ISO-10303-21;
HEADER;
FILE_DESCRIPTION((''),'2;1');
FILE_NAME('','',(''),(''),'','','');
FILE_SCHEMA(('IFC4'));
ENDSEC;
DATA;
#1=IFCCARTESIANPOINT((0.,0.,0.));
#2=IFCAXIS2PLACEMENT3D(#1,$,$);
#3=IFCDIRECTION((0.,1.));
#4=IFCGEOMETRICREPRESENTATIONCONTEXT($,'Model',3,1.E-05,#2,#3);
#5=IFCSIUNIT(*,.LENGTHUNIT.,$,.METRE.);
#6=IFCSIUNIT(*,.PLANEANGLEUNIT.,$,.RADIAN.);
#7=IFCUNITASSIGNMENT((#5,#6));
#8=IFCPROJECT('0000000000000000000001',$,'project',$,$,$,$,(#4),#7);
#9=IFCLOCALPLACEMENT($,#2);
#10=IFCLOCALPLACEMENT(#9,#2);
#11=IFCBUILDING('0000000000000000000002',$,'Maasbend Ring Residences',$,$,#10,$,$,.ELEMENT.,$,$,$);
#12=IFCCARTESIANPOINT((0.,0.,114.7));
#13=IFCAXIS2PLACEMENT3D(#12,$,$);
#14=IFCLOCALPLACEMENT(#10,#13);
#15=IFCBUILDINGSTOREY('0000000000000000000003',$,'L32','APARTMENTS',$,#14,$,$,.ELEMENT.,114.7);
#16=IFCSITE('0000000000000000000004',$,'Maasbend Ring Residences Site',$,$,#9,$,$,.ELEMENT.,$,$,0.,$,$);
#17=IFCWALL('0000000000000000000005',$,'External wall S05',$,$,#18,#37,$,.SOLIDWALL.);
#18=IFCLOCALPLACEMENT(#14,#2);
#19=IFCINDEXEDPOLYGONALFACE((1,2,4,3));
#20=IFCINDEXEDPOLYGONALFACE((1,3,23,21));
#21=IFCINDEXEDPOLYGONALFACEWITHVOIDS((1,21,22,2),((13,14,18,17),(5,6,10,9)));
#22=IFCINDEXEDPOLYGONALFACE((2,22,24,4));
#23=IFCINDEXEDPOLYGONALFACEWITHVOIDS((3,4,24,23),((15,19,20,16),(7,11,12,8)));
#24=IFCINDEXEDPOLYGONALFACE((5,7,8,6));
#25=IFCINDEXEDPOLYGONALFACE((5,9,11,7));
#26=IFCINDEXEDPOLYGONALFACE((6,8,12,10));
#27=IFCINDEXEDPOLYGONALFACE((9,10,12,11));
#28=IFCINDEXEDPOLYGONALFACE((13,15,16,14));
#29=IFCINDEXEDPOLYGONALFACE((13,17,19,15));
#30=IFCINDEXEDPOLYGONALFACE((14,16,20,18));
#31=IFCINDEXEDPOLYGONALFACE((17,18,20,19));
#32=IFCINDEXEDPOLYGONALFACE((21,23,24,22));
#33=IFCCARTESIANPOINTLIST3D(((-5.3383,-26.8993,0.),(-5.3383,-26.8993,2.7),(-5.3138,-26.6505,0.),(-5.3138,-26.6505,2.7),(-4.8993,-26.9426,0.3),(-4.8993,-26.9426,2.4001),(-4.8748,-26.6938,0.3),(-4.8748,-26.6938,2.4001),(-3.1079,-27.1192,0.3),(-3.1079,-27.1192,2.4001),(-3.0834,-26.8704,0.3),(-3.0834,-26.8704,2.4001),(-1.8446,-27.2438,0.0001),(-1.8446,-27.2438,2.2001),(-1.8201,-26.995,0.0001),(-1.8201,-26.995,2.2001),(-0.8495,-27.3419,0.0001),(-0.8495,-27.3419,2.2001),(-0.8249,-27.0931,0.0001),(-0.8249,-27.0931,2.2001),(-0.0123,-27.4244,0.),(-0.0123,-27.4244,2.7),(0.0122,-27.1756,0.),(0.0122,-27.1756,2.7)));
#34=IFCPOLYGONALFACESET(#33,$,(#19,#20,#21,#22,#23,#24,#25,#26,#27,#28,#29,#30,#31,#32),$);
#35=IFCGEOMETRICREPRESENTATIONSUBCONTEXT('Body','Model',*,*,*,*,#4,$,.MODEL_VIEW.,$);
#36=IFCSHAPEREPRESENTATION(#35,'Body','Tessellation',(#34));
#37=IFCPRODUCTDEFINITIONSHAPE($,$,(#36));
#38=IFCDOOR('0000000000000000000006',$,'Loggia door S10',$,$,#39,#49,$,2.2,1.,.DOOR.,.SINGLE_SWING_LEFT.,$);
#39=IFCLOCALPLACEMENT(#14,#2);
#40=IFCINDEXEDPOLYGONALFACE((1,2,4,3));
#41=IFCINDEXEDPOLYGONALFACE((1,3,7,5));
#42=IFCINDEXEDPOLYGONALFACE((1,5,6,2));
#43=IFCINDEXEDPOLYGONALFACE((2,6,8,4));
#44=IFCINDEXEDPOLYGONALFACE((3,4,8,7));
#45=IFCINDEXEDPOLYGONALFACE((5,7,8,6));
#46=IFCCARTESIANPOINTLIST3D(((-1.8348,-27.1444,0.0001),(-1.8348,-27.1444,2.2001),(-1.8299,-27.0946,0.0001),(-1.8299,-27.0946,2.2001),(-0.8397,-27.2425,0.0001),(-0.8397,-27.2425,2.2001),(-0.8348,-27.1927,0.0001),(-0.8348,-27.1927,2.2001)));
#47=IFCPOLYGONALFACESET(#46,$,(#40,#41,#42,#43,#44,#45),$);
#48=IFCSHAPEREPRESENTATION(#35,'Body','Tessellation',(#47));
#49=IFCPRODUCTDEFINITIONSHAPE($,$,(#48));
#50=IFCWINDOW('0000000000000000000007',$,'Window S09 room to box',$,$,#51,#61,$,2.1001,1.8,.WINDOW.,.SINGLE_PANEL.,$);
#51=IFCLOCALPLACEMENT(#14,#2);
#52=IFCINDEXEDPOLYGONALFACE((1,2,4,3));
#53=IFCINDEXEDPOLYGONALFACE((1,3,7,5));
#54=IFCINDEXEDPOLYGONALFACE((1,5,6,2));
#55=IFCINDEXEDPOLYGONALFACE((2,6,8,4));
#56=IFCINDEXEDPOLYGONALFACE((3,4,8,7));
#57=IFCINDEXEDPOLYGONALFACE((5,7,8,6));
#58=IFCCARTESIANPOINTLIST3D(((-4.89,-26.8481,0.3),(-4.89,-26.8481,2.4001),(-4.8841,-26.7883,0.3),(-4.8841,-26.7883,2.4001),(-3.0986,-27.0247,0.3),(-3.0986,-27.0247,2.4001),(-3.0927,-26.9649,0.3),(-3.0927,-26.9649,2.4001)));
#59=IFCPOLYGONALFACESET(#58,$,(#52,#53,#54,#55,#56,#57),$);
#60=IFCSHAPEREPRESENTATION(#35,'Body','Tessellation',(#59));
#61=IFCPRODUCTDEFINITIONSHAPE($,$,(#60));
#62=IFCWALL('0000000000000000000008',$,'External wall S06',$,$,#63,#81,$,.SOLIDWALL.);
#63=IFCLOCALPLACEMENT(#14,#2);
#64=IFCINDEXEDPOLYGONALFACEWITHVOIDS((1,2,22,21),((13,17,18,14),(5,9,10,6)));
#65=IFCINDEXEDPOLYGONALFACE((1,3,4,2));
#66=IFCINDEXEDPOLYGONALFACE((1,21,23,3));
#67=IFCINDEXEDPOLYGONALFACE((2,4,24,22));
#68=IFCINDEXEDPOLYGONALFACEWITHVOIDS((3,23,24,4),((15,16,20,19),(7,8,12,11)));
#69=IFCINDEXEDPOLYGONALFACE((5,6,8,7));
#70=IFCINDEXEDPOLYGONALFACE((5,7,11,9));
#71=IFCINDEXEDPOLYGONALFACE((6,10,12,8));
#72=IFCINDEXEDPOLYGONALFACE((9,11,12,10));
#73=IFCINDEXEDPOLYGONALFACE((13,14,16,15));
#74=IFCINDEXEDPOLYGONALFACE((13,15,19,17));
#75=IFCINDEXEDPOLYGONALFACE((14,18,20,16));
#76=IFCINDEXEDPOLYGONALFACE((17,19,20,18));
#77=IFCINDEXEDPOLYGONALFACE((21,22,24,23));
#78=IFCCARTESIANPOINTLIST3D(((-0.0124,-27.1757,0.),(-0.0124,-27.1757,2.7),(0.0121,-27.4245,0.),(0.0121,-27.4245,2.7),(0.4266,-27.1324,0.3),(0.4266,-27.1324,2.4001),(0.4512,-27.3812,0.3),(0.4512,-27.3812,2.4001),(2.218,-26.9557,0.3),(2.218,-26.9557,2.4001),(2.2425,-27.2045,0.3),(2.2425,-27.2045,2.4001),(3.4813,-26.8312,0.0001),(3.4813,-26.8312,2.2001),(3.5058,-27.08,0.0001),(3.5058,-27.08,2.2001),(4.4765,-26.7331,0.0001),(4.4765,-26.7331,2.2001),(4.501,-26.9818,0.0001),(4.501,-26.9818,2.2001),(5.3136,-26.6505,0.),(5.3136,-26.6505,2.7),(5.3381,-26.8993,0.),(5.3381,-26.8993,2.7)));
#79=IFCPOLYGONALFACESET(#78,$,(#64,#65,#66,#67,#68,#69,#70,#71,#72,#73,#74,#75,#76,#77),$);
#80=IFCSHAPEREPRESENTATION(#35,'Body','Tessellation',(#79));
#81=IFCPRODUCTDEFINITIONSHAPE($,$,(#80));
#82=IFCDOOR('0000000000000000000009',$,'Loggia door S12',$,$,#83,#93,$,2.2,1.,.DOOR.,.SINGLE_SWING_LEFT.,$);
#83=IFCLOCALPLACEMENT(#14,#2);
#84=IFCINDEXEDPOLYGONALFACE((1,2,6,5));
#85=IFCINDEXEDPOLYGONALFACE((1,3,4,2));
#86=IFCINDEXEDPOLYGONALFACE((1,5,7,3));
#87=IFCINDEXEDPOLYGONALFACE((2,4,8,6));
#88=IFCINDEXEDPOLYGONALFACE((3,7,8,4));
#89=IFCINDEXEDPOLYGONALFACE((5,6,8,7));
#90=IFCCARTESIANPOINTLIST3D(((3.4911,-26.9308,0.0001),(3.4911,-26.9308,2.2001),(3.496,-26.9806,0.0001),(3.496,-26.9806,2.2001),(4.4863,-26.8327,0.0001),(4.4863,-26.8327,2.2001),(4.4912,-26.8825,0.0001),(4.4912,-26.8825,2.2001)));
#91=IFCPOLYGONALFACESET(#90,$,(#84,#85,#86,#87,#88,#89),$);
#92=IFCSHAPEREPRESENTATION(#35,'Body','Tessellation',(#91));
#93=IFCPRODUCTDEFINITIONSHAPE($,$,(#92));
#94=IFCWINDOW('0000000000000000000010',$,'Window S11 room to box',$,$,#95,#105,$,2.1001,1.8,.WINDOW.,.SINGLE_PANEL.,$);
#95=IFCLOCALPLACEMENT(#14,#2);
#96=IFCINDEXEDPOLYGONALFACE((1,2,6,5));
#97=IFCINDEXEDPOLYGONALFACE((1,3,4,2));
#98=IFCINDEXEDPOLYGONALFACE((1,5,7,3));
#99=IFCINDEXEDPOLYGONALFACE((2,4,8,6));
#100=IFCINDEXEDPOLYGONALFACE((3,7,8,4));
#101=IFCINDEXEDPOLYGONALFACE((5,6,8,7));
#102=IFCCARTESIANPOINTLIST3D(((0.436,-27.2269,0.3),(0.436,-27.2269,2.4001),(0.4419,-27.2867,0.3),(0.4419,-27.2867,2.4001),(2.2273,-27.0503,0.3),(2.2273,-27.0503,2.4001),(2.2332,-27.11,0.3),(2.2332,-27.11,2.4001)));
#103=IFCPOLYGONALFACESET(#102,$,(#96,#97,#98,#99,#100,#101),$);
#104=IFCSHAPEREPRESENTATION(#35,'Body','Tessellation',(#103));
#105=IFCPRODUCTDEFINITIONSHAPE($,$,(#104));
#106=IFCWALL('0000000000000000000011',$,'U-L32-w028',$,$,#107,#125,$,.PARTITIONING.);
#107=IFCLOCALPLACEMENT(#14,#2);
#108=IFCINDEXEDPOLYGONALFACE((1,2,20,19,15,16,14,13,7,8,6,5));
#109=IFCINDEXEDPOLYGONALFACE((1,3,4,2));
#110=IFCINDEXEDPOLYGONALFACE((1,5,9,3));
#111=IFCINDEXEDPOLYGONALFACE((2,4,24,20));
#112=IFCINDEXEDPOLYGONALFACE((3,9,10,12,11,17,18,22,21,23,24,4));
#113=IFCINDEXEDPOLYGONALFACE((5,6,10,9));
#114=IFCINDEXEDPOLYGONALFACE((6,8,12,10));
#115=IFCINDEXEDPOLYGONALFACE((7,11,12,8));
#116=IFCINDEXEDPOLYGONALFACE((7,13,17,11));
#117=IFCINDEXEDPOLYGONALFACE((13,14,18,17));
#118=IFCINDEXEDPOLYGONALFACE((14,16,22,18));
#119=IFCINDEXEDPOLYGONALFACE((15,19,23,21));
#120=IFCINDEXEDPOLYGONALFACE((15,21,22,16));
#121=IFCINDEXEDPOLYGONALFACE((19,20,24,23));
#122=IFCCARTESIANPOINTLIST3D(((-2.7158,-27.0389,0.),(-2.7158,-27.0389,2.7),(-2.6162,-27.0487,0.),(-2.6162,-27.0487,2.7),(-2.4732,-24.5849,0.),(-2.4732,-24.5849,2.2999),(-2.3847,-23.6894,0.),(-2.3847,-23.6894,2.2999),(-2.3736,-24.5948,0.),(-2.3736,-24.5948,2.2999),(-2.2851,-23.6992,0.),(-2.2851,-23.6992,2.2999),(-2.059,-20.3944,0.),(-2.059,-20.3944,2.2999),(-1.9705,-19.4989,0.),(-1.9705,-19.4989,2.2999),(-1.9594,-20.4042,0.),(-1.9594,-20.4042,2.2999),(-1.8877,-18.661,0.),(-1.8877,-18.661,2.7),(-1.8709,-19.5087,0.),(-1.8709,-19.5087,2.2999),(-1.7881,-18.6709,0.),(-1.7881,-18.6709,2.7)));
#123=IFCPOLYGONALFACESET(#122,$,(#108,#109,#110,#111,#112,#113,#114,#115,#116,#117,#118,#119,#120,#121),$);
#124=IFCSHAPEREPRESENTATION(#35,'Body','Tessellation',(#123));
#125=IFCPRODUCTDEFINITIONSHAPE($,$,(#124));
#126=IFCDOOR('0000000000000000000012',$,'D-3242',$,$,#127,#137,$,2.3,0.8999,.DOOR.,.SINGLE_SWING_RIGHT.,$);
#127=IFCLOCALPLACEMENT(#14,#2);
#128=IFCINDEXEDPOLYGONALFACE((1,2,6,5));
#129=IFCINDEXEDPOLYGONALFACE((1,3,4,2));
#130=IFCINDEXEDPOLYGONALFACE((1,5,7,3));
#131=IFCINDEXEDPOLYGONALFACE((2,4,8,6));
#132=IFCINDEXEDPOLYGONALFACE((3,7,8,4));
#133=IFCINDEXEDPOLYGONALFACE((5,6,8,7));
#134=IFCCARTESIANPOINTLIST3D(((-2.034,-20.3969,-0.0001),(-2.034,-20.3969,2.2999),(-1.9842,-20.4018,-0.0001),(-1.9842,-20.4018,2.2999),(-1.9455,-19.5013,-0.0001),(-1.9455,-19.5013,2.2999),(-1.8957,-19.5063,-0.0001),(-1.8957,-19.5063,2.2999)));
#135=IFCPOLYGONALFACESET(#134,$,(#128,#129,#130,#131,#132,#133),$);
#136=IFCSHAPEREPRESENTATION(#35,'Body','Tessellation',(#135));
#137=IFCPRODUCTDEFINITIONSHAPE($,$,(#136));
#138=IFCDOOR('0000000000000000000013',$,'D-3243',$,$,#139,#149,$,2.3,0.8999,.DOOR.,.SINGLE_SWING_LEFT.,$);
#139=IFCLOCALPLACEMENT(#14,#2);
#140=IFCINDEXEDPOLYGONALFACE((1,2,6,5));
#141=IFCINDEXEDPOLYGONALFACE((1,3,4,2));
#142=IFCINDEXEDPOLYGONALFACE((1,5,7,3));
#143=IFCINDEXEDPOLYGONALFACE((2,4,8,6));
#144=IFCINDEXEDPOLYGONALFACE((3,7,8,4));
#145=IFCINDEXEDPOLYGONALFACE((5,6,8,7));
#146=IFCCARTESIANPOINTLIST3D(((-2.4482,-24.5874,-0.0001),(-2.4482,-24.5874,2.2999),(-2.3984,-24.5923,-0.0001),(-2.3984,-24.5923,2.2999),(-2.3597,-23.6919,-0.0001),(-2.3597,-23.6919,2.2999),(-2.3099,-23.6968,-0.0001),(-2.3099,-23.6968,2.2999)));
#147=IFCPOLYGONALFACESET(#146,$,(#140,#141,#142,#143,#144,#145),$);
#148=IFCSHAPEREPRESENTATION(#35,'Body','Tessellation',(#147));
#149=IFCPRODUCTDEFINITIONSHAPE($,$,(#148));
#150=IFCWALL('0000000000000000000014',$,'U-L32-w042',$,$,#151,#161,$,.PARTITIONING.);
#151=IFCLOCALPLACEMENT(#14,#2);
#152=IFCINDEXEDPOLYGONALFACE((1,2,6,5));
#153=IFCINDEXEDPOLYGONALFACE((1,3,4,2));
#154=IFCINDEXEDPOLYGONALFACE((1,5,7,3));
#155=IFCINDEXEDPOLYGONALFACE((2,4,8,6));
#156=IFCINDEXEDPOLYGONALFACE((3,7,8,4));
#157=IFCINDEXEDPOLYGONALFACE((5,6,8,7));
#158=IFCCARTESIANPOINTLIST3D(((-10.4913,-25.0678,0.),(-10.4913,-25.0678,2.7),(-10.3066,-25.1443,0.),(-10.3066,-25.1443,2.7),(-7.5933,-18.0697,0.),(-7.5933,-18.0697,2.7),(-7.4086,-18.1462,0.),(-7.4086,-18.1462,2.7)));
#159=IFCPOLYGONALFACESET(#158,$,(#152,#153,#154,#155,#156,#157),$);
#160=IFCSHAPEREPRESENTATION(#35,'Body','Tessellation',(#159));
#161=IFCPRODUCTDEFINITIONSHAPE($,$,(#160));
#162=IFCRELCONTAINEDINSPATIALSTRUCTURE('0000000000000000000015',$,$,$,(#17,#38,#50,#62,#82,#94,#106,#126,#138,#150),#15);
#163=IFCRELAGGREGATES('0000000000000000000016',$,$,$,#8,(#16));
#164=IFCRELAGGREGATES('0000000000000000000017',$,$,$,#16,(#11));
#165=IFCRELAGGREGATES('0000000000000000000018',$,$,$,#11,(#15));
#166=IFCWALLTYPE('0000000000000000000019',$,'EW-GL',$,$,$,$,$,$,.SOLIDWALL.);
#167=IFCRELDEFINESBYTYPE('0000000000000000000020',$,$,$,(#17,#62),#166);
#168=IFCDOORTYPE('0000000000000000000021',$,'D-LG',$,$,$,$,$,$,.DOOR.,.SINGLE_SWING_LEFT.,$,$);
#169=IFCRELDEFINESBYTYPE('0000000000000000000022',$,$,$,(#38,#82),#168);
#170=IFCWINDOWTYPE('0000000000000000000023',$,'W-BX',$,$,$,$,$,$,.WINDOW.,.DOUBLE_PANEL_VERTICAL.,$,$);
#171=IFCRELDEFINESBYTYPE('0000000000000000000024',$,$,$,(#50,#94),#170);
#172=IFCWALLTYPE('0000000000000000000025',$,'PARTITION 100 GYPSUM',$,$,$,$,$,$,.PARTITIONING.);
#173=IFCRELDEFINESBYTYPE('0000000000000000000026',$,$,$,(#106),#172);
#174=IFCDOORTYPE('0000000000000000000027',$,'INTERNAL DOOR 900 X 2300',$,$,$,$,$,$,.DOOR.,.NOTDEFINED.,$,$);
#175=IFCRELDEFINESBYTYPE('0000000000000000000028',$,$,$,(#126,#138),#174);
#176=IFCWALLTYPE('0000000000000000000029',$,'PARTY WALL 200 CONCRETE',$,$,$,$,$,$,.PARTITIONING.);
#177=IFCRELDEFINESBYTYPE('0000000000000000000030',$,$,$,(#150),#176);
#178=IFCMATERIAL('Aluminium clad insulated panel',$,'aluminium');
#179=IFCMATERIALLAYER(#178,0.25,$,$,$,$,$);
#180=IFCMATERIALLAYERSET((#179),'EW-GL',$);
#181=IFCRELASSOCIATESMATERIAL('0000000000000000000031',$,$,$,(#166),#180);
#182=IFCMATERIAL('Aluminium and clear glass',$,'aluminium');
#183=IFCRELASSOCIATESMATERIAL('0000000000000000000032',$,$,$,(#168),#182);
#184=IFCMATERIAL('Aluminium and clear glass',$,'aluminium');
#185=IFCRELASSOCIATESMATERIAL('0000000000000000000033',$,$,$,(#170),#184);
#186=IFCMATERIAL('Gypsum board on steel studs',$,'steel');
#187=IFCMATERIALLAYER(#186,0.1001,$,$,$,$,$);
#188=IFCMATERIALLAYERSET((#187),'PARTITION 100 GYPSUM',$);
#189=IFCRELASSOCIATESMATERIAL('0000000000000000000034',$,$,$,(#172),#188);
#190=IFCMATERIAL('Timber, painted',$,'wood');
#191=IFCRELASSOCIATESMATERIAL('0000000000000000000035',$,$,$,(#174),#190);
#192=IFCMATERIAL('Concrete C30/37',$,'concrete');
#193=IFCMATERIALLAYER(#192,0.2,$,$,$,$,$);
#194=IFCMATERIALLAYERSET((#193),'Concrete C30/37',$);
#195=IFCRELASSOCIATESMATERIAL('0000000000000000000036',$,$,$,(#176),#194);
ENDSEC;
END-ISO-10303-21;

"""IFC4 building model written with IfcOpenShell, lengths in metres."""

from ifc_helpers import new_model, si_unit, direction, frame, frame_2d, origin, place, context, subcontext, project, spatial, rectangle, extrude, material, layer, layer_set, type_object, element, fill, save


model = new_model("IFC4")

# Units and contexts
model_context = context("Model", 3, precision=1e-05, world=origin(), true_north=direction((0.0, 1.0)))
body_context = subcontext(model_context, "Body", "Model", "MODEL_VIEW")
ifc_project = project(units=[si_unit("LENGTHUNIT", "METRE"), si_unit("PLANEANGLEUNIT", "RADIAN")], contexts=[model_context])

# Site, building, storey
site_placement = place(None, origin())
site = spatial("IfcSite", under=ifc_project, at=site_placement, Name="Maasbend Ring Residences Site", CompositionType="ELEMENT", RefElevation=0.0)
building_placement = place(site_placement, origin())
building = spatial("IfcBuilding", under=site, at=building_placement, Name="Maasbend Ring Residences", CompositionType="ELEMENT")
storey_placement = place(building_placement, frame((0.0, 0.0, 114.7)))
storey = spatial("IfcBuildingStorey", under=building, at=storey_placement, Name="L32", Description="APARTMENTS", CompositionType="ELEMENT", Elevation=114.7)

# Walls, openings, doors, windows
ifc_material_1 = material(Name="Aluminium clad insulated panel", Category="aluminium")
ifc_layer_1 = layer(ifc_material_1, 0.25)
ifc_layer_set_1 = layer_set([ifc_layer_1], Name="EW-GL")
wall_type_1 = type_object("IfcWallType", Name="EW-GL", PredefinedType="SOLIDWALL", material=ifc_layer_set_1)
ifc_material_2 = material(Name="Aluminium and clear glass", Category="aluminium")
door_type_1 = type_object("IfcDoorType", Name="D-LG", OperationType="SINGLE_SWING_LEFT", PredefinedType="DOOR", material=ifc_material_2)
ifc_material_3 = material(Name="Aluminium and clear glass", Category="aluminium")
window_type_1 = type_object("IfcWindowType", Name="W-BX", PartitioningType="DOUBLE_PANEL_VERTICAL", PredefinedType="WINDOW", material=ifc_material_3)
wall_1_placement = place(storey_placement, frame((-5.3259, -26.7749, 0.0), z_axis=(0.0, 0.0, 1.0), x_axis=(0.995174, -0.098126, 0.0)))
wall_1 = element("IfcWall", 1, at=wall_1_placement, inside=storey, type_object=wall_type_1, Name="External wall S05", PredefinedType="SOLIDWALL", context=body_context, shape_type="SweptSolid", body=[
    extrude(rectangle(XDim=5.3518, YDim=0.25, at=frame_2d((2.6758, 0.0))), origin(), (0.0, 0.0, 1.0), 2.7),
])
opening_1_placement = place(wall_1_placement, frame((0.4412, 0.0, 0.3)))
opening_1 = element("IfcOpeningElement", 2, at=opening_1_placement, cuts=wall_1, PredefinedType="OPENING", context=body_context, shape_type="SweptSolid", body=[
    extrude(rectangle(XDim=1.8, YDim=2.1001, at=frame_2d((0.8999, 1.05))), frame((0.0, 0.135, 0.0), z_axis=(0.0, -1.0, 0.0), x_axis=(1.0, 0.0, 0.0)), (0.0, 0.0, 1.0), 0.27),
])
opening_2_placement = place(wall_1_placement, frame((3.5105, 0.0, 0.0)))
opening_2 = element("IfcOpeningElement", 3, at=opening_2_placement, cuts=wall_1, PredefinedType="OPENING", context=body_context, shape_type="SweptSolid", body=[
    extrude(rectangle(XDim=1.0, YDim=2.2, at=frame_2d((0.5, 1.1001))), frame((0.0, 0.135, 0.0), z_axis=(0.0, -1.0, 0.0), x_axis=(1.0, 0.0, 0.0)), (0.0, 0.0, 1.0), 0.27),
])
door_1_placement = place(opening_2_placement, origin())
door_1 = element("IfcDoor", 4, at=door_1_placement, inside=storey, type_object=door_type_1, Name="Loggia door S10", OperationType="SINGLE_SWING_LEFT", OverallHeight=2.2, OverallWidth=1.0, PredefinedType="DOOR", context=body_context, shape_type="SweptSolid", body=[
    extrude(rectangle(XDim=1.0, YDim=2.2, at=frame_2d((0.5, 1.1001))), frame((0.0, 0.0249, 0.0), z_axis=(0.0, -1.0, 0.0), x_axis=(1.0, 0.0, 0.0)), (0.0, 0.0, 1.0), 0.05),
])
fill(opening_2, door_1)
window_1_placement = place(opening_1_placement, origin())
window_1 = element("IfcWindow", 5, at=window_1_placement, inside=storey, type_object=window_type_1, Name="Window S09 room to box", OverallHeight=2.1001, OverallWidth=1.8, PartitioningType="SINGLE_PANEL", PredefinedType="WINDOW", context=body_context, shape_type="SweptSolid", body=[
    extrude(rectangle(XDim=1.8, YDim=2.1001, at=frame_2d((0.8999, 1.05))), frame((0.0, 0.03, 0.0), z_axis=(0.0, -1.0, 0.0), x_axis=(1.0, 0.0, 0.0)), (0.0, 0.0, 1.0), 0.0601),
])
fill(opening_1, window_1)
wall_2_placement = place(storey_placement, frame((0.0, -27.3, 0.0), z_axis=(0.0, 0.0, 1.0), x_axis=(0.995174, 0.098126, 0.0)))
wall_2 = element("IfcWall", 6, at=wall_2_placement, inside=storey, type_object=wall_type_1, Name="External wall S06", PredefinedType="SOLIDWALL", context=body_context, shape_type="SweptSolid", body=[
    extrude(rectangle(XDim=5.3518, YDim=0.25, at=frame_2d((2.6758, 0.0))), origin(), (0.0, 0.0, 1.0), 2.7),
])
opening_3_placement = place(wall_2_placement, frame((0.4412, 0.0, 0.3)))
opening_3 = element("IfcOpeningElement", 7, at=opening_3_placement, cuts=wall_2, PredefinedType="OPENING", context=body_context, shape_type="SweptSolid", body=[
    extrude(rectangle(XDim=1.8, YDim=2.1001, at=frame_2d((0.8999, 1.05))), frame((0.0, 0.135, 0.0), z_axis=(0.0, -1.0, 0.0), x_axis=(1.0, 0.0, 0.0)), (0.0, 0.0, 1.0), 0.27),
])
opening_4_placement = place(wall_2_placement, frame((3.5105, 0.0, 0.0)))
opening_4 = element("IfcOpeningElement", 8, at=opening_4_placement, cuts=wall_2, PredefinedType="OPENING", context=body_context, shape_type="SweptSolid", body=[
    extrude(rectangle(XDim=1.0, YDim=2.2, at=frame_2d((0.5, 1.1001))), frame((0.0, 0.135, 0.0), z_axis=(0.0, -1.0, 0.0), x_axis=(1.0, 0.0, 0.0)), (0.0, 0.0, 1.0), 0.27),
])
door_2_placement = place(opening_4_placement, origin())
door_2 = element("IfcDoor", 9, at=door_2_placement, inside=storey, type_object=door_type_1, Name="Loggia door S12", OperationType="SINGLE_SWING_LEFT", OverallHeight=2.2, OverallWidth=1.0, PredefinedType="DOOR", context=body_context, shape_type="SweptSolid", body=[
    extrude(rectangle(XDim=1.0, YDim=2.2, at=frame_2d((0.5, 1.1001))), frame((0.0, 0.0249, 0.0), z_axis=(0.0, -1.0, 0.0), x_axis=(1.0, 0.0, 0.0)), (0.0, 0.0, 1.0), 0.05),
])
fill(opening_4, door_2)
window_2_placement = place(opening_3_placement, origin())
window_2 = element("IfcWindow", 10, at=window_2_placement, inside=storey, type_object=window_type_1, Name="Window S11 room to box", OverallHeight=2.1001, OverallWidth=1.8, PartitioningType="SINGLE_PANEL", PredefinedType="WINDOW", context=body_context, shape_type="SweptSolid", body=[
    extrude(rectangle(XDim=1.8, YDim=2.1001, at=frame_2d((0.8999, 1.05))), frame((0.0, 0.03, 0.0), z_axis=(0.0, -1.0, 0.0), x_axis=(1.0, 0.0, 0.0)), (0.0, 0.0, 1.0), 0.0601),
])
fill(opening_3, window_2)

# Wall, openings, doors
ifc_material_4 = material(Name="Gypsum board on steel studs", Category="steel")
ifc_layer_2 = layer(ifc_material_4, 0.1001)
ifc_layer_set_2 = layer_set([ifc_layer_2], Name="PARTITION 100 GYPSUM")
wall_type_2 = type_object("IfcWallType", Name="PARTITION 100 GYPSUM", PredefinedType="PARTITIONING", material=ifc_layer_set_2)
wall_3_placement = place(storey_placement, frame((-2.666, -27.0439, 0.0), z_axis=(0.0, 0.0, 1.0), x_axis=(0.098367, 0.99515, 0.0)))
wall_3 = element("IfcWall", 11, at=wall_3_placement, inside=storey, type_object=wall_type_2, Name="U-L32-w028", PredefinedType="PARTITIONING", context=body_context, shape_type="SweptSolid", body=[
    extrude(rectangle(XDim=8.4187, YDim=0.1001, at=frame_2d((4.2095, 0.0))), origin(), (0.0, 0.0, 1.0), 2.7),
])
opening_5_placement = place(wall_3_placement, frame((6.677, 0.0, 0.0)))
opening_5 = element("IfcOpeningElement", 12, at=opening_5_placement, cuts=wall_3, PredefinedType="OPENING", context=body_context, shape_type="SweptSolid", body=[
    extrude(rectangle(XDim=0.8999, YDim=2.3, at=frame_2d((0.45, 1.1499))), frame((0.0, 0.0601, 0.0), z_axis=(0.0, -1.0, 0.0), x_axis=(1.0, 0.0, 0.0)), (0.0, 0.0, 1.0), 0.1201),
])
opening_6_placement = place(wall_3_placement, frame((2.4661, 0.0, 0.0)))
opening_6 = element("IfcOpeningElement", 13, at=opening_6_placement, cuts=wall_3, PredefinedType="OPENING", context=body_context, shape_type="SweptSolid", body=[
    extrude(rectangle(XDim=0.8999, YDim=2.3, at=frame_2d((0.45, 1.1499))), frame((0.0, 0.0601, 0.0), z_axis=(0.0, -1.0, 0.0), x_axis=(1.0, 0.0, 0.0)), (0.0, 0.0, 1.0), 0.1201),
])
ifc_material_5 = material(Name="Timber, painted", Category="wood")
door_type_2 = type_object("IfcDoorType", Name="INTERNAL DOOR 900 X 2300", OperationType="NOTDEFINED", PredefinedType="DOOR", material=ifc_material_5)
door_3_placement = place(opening_5_placement, origin())
door_3 = element("IfcDoor", 14, at=door_3_placement, inside=storey, type_object=door_type_2, Name="D-3242", OperationType="SINGLE_SWING_RIGHT", OverallHeight=2.3, OverallWidth=0.8999, PredefinedType="DOOR", context=body_context, shape_type="SweptSolid", body=[
    extrude(rectangle(XDim=0.8999, YDim=2.3, at=frame_2d((0.45, 1.1499))), frame((0.0, 0.0249, 0.0), z_axis=(0.0, -1.0, 0.0), x_axis=(1.0, 0.0, 0.0)), (0.0, 0.0, 1.0), 0.05),
])
fill(opening_5, door_3)
door_4_placement = place(opening_6_placement, origin())
door_4 = element("IfcDoor", 15, at=door_4_placement, inside=storey, type_object=door_type_2, Name="D-3243", OperationType="SINGLE_SWING_LEFT", OverallHeight=2.3, OverallWidth=0.8999, PredefinedType="DOOR", context=body_context, shape_type="SweptSolid", body=[
    extrude(rectangle(XDim=0.8999, YDim=2.3, at=frame_2d((0.45, 1.1499))), frame((0.0, 0.0249, 0.0), z_axis=(0.0, -1.0, 0.0), x_axis=(1.0, 0.0, 0.0)), (0.0, 0.0, 1.0), 0.05),
])
fill(opening_6, door_4)

# Wall
ifc_material_6 = material(Name="Concrete C30/37", Category="concrete")
ifc_layer_3 = layer(ifc_material_6, 0.2)
ifc_layer_set_3 = layer_set([ifc_layer_3], Name="Concrete C30/37")
wall_type_3 = type_object("IfcWallType", Name="PARTY WALL 200 CONCRETE", PredefinedType="PARTITIONING", material=ifc_layer_set_3)
wall_4_placement = place(storey_placement, frame((-10.3989, -25.106, 0.0), z_axis=(0.0, 0.0, 1.0), x_axis=(0.3826, 0.923914, 0.0)))
element("IfcWall", 16, at=wall_4_placement, inside=storey, type_object=wall_type_3, Name="U-L32-w042", PredefinedType="PARTITIONING", context=body_context, shape_type="SweptSolid", body=[
    extrude(rectangle(XDim=7.5745, YDim=0.2, at=frame_2d((3.7871, 0.0))), origin(), (0.0, 0.0, 1.0), 2.7),
])

save(model, "model.ifc")
